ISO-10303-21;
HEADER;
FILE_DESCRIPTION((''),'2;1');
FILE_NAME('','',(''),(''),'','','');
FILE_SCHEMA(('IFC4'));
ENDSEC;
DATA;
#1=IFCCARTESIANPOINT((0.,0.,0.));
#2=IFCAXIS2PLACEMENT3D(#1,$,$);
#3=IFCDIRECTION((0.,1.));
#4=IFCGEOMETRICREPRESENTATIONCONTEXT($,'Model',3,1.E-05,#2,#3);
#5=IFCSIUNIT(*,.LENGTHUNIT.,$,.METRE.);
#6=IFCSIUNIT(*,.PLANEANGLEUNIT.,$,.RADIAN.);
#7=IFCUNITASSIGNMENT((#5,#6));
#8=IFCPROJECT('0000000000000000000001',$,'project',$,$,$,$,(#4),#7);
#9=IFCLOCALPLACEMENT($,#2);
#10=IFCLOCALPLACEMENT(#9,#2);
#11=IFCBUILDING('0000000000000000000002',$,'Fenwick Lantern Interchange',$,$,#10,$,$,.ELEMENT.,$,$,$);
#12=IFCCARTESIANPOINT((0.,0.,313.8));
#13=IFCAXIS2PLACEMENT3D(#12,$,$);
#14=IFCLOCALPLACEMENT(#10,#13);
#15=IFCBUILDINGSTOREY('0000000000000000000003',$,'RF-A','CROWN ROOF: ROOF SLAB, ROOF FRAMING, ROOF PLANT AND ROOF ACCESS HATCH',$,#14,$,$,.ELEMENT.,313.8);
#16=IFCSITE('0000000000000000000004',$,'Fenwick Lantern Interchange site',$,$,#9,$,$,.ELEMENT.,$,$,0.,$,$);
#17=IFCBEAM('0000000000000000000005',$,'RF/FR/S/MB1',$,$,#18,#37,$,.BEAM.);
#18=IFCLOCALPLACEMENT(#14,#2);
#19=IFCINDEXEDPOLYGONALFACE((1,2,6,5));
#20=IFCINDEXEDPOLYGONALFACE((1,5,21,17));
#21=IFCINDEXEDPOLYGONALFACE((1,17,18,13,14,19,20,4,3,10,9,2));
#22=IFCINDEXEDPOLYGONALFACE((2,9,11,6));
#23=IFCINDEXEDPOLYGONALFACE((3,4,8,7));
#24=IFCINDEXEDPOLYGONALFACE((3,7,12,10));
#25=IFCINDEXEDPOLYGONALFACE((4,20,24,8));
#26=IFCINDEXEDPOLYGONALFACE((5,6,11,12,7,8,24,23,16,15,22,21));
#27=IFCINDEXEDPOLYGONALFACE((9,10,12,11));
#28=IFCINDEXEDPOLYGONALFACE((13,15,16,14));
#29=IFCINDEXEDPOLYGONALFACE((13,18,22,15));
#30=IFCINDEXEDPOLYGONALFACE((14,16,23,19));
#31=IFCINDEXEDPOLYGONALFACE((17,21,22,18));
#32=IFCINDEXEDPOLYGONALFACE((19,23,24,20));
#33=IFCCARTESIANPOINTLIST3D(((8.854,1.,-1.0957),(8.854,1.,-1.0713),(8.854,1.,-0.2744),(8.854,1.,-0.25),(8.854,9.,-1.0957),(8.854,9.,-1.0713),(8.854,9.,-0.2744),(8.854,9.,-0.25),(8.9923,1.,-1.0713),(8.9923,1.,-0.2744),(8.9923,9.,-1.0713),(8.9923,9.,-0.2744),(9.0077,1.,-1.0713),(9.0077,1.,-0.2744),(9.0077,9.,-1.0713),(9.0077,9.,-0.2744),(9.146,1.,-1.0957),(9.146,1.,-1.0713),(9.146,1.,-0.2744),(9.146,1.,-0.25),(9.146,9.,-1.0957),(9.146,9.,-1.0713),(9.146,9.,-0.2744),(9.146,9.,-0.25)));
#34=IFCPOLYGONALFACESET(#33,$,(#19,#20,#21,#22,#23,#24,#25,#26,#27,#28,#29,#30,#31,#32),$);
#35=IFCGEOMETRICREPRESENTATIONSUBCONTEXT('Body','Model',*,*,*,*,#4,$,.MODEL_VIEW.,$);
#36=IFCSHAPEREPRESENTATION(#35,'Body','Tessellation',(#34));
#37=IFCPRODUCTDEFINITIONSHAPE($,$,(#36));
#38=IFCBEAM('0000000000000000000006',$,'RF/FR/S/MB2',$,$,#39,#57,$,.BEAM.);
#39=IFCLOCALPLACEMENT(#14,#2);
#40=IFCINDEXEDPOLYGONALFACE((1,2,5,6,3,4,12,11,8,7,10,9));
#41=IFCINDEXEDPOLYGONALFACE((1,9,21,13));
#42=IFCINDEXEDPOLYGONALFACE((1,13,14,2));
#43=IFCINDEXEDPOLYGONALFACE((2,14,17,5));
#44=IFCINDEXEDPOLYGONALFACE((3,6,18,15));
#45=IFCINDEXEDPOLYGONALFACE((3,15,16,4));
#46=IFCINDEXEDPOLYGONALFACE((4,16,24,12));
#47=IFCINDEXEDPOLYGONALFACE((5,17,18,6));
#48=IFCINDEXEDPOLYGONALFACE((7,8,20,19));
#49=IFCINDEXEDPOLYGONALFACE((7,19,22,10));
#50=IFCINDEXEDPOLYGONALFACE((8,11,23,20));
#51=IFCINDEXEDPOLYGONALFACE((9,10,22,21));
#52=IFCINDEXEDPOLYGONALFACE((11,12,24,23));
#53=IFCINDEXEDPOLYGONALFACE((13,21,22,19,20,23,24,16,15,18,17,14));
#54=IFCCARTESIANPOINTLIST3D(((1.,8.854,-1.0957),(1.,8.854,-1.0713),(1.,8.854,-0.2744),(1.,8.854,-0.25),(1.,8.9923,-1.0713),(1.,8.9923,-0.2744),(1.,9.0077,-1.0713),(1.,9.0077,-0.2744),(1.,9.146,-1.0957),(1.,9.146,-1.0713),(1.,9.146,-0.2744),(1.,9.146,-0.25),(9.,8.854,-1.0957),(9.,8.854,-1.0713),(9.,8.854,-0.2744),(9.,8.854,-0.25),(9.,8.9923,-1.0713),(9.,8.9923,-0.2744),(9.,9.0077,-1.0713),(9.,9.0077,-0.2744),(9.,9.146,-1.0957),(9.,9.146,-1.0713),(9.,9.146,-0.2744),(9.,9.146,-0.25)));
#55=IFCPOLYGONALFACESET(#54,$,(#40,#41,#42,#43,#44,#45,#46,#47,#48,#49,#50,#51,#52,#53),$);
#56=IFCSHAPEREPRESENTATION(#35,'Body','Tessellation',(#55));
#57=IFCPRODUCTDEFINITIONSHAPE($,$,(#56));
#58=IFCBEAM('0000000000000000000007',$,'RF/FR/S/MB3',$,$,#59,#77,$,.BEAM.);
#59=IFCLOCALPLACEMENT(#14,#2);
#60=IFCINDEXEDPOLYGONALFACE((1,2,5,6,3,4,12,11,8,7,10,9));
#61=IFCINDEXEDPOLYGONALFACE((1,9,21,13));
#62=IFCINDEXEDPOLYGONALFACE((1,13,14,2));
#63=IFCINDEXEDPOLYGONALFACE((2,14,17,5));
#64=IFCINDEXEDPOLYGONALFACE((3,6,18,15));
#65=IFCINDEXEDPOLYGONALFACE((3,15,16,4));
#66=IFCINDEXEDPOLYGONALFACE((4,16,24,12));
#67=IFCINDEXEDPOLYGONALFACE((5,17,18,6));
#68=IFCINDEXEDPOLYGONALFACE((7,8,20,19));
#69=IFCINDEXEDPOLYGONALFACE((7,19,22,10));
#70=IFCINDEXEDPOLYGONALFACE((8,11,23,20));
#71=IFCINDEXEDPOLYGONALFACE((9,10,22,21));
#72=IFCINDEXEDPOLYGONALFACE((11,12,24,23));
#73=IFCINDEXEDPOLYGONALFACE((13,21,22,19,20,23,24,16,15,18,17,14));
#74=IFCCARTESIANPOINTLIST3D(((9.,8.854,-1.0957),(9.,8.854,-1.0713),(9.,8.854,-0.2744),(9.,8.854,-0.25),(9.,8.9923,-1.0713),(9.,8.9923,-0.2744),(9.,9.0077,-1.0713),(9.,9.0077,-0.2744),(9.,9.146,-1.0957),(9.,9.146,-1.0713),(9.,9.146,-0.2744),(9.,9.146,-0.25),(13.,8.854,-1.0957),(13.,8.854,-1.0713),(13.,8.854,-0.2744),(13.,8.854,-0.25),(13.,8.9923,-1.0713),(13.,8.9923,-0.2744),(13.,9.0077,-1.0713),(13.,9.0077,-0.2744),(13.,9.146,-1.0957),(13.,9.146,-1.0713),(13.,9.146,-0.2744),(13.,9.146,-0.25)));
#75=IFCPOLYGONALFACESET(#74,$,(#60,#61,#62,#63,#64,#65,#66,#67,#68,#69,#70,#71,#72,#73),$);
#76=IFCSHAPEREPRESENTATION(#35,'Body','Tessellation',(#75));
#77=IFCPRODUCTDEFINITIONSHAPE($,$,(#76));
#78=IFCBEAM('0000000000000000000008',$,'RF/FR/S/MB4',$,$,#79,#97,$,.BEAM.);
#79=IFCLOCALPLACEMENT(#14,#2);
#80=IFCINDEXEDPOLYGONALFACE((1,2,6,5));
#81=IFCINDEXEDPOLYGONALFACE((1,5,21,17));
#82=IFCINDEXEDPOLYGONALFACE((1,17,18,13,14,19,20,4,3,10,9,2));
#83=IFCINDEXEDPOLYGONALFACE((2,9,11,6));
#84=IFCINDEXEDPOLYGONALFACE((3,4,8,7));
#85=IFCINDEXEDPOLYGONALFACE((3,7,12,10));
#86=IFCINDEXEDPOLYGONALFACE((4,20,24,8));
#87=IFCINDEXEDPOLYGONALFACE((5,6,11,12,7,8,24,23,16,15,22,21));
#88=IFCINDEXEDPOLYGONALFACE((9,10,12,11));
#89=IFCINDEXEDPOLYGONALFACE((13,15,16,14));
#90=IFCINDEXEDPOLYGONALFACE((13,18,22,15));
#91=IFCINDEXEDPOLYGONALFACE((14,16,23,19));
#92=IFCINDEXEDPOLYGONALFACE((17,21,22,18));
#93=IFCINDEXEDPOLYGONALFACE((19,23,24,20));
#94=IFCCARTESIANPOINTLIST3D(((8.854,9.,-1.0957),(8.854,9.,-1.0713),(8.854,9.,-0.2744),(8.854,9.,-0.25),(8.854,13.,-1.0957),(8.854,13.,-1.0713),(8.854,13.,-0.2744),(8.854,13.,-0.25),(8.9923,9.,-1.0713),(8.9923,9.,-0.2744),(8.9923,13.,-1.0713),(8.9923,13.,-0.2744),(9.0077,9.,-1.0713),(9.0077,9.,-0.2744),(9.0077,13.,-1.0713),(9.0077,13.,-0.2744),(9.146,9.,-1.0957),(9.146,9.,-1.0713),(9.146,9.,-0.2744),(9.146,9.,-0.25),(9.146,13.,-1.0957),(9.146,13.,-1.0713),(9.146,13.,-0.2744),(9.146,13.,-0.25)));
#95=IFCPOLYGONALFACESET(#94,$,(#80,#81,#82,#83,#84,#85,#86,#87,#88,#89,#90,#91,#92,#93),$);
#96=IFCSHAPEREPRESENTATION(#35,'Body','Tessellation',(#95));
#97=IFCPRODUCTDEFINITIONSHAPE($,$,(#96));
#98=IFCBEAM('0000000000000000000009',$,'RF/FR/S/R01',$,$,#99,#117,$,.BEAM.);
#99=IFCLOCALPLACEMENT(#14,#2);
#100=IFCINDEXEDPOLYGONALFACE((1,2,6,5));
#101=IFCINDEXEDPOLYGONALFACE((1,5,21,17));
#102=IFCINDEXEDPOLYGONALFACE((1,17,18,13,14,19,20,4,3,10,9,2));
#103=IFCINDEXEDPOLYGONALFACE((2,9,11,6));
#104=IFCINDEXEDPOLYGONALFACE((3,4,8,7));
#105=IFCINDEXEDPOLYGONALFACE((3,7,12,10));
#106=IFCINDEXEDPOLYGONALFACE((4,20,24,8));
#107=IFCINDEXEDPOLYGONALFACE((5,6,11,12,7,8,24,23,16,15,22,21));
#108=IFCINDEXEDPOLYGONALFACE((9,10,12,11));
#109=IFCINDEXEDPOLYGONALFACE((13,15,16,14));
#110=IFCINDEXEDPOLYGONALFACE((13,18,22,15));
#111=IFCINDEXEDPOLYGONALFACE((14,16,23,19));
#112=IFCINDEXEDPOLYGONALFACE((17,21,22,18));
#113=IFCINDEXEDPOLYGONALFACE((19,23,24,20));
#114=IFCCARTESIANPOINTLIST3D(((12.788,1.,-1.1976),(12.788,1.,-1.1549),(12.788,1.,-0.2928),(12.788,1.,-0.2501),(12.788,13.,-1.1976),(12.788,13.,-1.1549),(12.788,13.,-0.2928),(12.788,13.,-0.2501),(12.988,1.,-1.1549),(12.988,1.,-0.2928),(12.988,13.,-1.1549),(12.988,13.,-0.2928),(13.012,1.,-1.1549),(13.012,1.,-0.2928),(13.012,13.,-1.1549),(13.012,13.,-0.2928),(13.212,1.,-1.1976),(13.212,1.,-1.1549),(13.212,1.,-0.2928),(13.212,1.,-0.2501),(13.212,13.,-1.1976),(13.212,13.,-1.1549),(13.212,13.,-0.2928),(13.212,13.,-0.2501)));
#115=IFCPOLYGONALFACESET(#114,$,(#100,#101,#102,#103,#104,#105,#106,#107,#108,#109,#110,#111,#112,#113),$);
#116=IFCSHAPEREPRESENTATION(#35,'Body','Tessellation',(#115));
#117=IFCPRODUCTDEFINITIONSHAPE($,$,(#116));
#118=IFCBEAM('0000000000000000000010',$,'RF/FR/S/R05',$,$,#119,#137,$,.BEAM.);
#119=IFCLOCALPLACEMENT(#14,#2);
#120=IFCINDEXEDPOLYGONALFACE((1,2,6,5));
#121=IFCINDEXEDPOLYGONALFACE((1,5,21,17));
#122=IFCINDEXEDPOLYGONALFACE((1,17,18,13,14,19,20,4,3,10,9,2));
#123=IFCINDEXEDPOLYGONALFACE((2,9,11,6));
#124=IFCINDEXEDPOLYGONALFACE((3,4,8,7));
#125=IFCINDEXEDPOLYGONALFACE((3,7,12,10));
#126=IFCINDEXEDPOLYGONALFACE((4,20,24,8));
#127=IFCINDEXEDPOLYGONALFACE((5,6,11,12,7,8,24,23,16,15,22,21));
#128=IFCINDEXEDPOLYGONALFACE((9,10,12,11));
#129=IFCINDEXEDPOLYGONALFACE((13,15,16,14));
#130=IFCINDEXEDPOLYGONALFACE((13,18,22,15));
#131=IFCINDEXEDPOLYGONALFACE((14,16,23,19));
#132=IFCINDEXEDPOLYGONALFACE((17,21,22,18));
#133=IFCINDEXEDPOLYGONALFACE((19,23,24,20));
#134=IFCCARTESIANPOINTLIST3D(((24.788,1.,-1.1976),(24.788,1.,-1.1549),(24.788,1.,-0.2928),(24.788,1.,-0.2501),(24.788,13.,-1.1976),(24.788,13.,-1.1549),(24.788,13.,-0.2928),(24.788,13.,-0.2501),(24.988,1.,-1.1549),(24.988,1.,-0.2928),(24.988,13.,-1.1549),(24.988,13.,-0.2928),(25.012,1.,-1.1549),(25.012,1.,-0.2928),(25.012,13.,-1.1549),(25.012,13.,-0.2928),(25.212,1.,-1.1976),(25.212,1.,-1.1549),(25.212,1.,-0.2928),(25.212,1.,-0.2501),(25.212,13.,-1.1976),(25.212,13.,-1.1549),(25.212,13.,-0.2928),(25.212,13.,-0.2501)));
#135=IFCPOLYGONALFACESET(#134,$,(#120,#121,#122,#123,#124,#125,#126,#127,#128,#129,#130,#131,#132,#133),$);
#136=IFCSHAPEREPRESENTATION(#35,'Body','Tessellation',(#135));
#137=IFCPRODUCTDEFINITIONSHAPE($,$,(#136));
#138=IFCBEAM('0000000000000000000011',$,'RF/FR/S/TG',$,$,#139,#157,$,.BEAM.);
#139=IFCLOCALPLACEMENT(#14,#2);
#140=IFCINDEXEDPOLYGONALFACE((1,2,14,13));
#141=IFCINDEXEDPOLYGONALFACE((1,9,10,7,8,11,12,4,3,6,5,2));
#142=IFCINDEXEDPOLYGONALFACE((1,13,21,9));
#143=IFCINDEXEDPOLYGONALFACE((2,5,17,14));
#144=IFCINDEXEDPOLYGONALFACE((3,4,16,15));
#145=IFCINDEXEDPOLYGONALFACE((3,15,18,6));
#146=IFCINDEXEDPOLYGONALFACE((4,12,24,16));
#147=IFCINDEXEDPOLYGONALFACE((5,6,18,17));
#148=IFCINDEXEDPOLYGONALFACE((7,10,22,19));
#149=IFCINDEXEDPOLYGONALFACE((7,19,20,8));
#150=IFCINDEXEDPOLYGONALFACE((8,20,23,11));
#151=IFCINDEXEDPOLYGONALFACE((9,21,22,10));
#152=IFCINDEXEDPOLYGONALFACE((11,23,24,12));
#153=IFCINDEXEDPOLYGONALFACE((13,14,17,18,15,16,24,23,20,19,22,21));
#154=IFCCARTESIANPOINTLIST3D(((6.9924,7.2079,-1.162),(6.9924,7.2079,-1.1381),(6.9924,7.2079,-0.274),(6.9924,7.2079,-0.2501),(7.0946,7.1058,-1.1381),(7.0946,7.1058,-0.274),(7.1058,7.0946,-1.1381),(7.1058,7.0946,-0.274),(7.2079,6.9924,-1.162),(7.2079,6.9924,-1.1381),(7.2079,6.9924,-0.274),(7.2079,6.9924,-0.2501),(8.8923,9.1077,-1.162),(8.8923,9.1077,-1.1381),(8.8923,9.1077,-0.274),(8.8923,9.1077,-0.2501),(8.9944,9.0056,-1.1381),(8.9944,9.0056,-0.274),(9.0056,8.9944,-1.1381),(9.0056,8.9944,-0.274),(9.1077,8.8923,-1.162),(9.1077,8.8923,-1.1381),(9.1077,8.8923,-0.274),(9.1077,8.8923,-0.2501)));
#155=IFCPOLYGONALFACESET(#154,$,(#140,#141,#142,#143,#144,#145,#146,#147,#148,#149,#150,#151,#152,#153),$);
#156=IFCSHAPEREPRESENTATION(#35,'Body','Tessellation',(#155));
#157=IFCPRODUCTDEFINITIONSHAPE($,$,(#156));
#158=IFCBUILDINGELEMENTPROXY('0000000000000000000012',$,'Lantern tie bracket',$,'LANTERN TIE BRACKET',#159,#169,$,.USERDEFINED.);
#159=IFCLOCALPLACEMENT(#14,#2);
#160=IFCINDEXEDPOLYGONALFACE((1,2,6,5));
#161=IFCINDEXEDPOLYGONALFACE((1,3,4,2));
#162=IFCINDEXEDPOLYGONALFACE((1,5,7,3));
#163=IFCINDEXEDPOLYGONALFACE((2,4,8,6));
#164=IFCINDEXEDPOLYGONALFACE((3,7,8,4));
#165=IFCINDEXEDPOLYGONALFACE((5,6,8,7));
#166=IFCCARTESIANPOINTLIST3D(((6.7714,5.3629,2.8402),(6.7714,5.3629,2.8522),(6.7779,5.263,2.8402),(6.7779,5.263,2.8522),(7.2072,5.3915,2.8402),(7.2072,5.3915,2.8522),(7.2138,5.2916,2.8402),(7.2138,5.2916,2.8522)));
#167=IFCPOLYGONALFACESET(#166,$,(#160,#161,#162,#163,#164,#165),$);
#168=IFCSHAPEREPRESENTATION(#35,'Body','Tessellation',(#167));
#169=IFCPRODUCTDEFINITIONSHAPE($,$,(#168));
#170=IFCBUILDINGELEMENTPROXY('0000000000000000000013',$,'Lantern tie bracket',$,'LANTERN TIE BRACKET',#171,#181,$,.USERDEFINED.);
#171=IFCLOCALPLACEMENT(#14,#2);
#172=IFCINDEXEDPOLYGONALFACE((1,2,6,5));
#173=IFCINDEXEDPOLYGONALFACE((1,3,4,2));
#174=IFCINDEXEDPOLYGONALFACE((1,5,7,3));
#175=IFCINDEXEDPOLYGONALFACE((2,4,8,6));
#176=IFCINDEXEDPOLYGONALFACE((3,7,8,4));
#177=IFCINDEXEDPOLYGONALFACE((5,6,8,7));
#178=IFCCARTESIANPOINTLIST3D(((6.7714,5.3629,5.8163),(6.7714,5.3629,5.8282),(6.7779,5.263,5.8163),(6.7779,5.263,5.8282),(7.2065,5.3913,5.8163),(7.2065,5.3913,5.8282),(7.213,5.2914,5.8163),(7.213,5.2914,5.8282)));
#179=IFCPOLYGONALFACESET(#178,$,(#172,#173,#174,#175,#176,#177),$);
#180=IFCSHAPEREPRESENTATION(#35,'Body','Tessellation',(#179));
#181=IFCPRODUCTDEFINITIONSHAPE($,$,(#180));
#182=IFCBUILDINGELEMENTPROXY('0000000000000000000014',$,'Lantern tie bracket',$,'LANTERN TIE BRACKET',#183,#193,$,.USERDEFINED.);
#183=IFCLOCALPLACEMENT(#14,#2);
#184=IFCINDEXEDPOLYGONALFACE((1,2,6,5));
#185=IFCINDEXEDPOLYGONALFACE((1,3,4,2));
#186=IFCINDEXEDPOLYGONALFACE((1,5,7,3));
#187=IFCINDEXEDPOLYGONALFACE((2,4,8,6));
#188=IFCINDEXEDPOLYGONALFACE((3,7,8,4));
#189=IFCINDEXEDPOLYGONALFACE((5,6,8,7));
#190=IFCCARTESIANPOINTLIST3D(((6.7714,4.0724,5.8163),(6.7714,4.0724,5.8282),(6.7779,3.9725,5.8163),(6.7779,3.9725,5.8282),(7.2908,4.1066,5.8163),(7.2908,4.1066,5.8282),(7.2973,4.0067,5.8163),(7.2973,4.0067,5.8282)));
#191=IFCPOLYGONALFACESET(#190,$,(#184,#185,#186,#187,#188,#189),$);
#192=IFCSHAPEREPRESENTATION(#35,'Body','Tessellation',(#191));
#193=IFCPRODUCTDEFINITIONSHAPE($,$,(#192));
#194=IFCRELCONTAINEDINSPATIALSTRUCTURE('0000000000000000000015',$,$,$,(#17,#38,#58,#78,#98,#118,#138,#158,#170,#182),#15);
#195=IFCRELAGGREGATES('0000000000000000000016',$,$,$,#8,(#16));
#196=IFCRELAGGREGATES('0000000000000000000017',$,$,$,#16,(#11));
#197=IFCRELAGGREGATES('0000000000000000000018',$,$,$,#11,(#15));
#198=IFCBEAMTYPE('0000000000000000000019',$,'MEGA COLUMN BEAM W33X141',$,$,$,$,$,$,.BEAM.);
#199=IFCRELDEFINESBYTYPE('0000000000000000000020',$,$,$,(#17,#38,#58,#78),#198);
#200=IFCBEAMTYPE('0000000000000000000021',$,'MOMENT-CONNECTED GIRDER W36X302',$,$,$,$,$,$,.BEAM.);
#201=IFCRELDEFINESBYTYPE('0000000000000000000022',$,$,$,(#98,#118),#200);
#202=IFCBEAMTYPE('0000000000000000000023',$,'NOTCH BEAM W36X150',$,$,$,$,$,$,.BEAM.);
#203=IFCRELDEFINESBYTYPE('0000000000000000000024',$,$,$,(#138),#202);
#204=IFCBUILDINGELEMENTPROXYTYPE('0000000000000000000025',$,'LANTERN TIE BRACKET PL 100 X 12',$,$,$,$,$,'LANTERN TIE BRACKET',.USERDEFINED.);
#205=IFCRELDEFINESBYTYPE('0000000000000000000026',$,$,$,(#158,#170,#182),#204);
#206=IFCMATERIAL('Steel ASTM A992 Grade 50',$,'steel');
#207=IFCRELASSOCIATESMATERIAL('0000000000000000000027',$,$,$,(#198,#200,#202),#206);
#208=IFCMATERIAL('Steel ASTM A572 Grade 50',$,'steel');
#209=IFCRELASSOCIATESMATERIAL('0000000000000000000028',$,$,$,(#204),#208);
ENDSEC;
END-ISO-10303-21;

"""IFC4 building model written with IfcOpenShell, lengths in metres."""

from ifc_helpers import new_model, si_unit, direction, frame, origin, origin_2d, place, context, subcontext, project, spatial, rectangle, i_section, extrude, material, material_profile, profile_set, type_object, element, save


model = new_model("IFC4")

# Units and contexts
model_context = context("Model", 3, precision=1e-05, world=origin(), true_north=direction((0.0, 1.0)))
body_context = subcontext(model_context, "Body", "Model", "MODEL_VIEW")
ifc_project = project(units=[si_unit("LENGTHUNIT", "METRE"), si_unit("PLANEANGLEUNIT", "RADIAN")], contexts=[model_context])

# Site, building, storey
site_placement = place(None, origin())
site = spatial("IfcSite", under=ifc_project, at=site_placement, Name="Fenwick Lantern Interchange site", CompositionType="ELEMENT", RefElevation=0.0)
building_placement = place(site_placement, origin())
building = spatial("IfcBuilding", under=site, at=building_placement, Name="Fenwick Lantern Interchange", CompositionType="ELEMENT")
storey_placement = place(building_placement, frame((0.0, 0.0, 313.8)))
storey = spatial("IfcBuildingStorey", under=building, at=storey_placement, Name="RF-A", Description="CROWN ROOF: ROOF SLAB, ROOF FRAMING, ROOF PLANT AND ROOF ACCESS HATCH", CompositionType="ELEMENT", Elevation=313.8)

# Shared definitions
ifc_material_1 = material(Name="Steel ASTM A992 Grade 50", Category="steel")

# Beams
ifc_material_profile_1 = material_profile(ifc_material_1, i_section(OverallWidth=0.292, OverallDepth=0.8457, WebThickness=0.0154, FlangeThickness=0.0244, at=origin_2d()), Name="W33X141")
ifc_profile_set_1 = profile_set([ifc_material_profile_1], Name="Steel ASTM A992 Grade 50")
beam_type_1 = type_object("IfcBeamType", Name="MEGA COLUMN BEAM W33X141", PredefinedType="BEAM", material=ifc_profile_set_1)
for number, where, z_axis, x_axis, name in (
    (1, (9.0, 9.0, -0.6729), (0.0, -1.0, 0.0), (1.0, 0.0, 0.0), "RF/FR/S/MB1"),
    (2, (9.0, 9.0, -0.6729), (-1.0, 0.0, 0.0), (0.0, -1.0, 0.0), "RF/FR/S/MB2"),
):
    element("IfcBeam", number, at=place(storey_placement, frame(where, z_axis=z_axis, x_axis=x_axis)), inside=storey, type_object=beam_type_1, Name=name, PredefinedType="BEAM", context=body_context, shape_type="SweptSolid", body=[
        extrude(i_section(OverallWidth=0.292, OverallDepth=0.8457, WebThickness=0.0154, FlangeThickness=0.0244, at=origin_2d()), origin(), (0.0, 0.0, 1.0), 8.0),
    ])
for number, where, z_axis, x_axis, name in (
    (3, (9.0, 9.0, -0.6729), (1.0, 0.0, 0.0), (0.0, 1.0, 0.0), "RF/FR/S/MB3"),
    (4, (9.0, 9.0, -0.6729), (0.0, 1.0, 0.0), (-1.0, 0.0, 0.0), "RF/FR/S/MB4"),
):
    element("IfcBeam", number, at=place(storey_placement, frame(where, z_axis=z_axis, x_axis=x_axis)), inside=storey, type_object=beam_type_1, Name=name, PredefinedType="BEAM", context=body_context, shape_type="SweptSolid", body=[
        extrude(i_section(OverallWidth=0.292, OverallDepth=0.8457, WebThickness=0.0154, FlangeThickness=0.0244, at=origin_2d()), origin(), (0.0, 0.0, 1.0), 4.0),
    ])
ifc_material_profile_2 = material_profile(ifc_material_1, i_section(OverallWidth=0.4241, OverallDepth=0.9475, WebThickness=0.0239, FlangeThickness=0.0427, at=origin_2d()), Name="W36X302")
ifc_profile_set_2 = profile_set([ifc_material_profile_2], Name="Steel ASTM A992 Grade 50")
beam_type_2 = type_object("IfcBeamType", Name="MOMENT-CONNECTED GIRDER W36X302", PredefinedType="BEAM", material=ifc_profile_set_2)
for number, where, z_axis, x_axis, name in (
    (5, (13.0, 1.0, -0.7239), (0.0, 1.0, 0.0), (-1.0, 0.0, 0.0), "RF/FR/S/R01"),
    (6, (25.0, 1.0, -0.7239), (0.0, 1.0, 0.0), (-1.0, 0.0, 0.0), "RF/FR/S/R05"),
):
    element("IfcBeam", number, at=place(storey_placement, frame(where, z_axis=z_axis, x_axis=x_axis)), inside=storey, type_object=beam_type_2, Name=name, PredefinedType="BEAM", context=body_context, shape_type="SweptSolid", body=[
        extrude(i_section(OverallWidth=0.4241, OverallDepth=0.9475, WebThickness=0.0239, FlangeThickness=0.0427, at=origin_2d()), origin(), (0.0, 0.0, 1.0), 12.0),
    ])
ifc_material_profile_3 = material_profile(ifc_material_1, i_section(OverallWidth=0.3047, OverallDepth=0.9119, WebThickness=0.0159, FlangeThickness=0.0239, at=origin_2d()), Name="W36X150")
ifc_profile_set_3 = profile_set([ifc_material_profile_3], Name="Steel ASTM A992 Grade 50")
beam_type_3 = type_object("IfcBeamType", Name="NOTCH BEAM W36X150", PredefinedType="BEAM", material=ifc_profile_set_3)
beam_1_placement = place(storey_placement, frame((9.0, 9.0, -0.7061), z_axis=(-0.707107, -0.707107, 0.0), x_axis=(0.707107, -0.707107, 0.0)))
element("IfcBeam", 7, at=beam_1_placement, inside=storey, type_object=beam_type_3, Name="RF/FR/S/TG", PredefinedType="BEAM", context=body_context, shape_type="SweptSolid", body=[
    extrude(i_section(OverallWidth=0.3047, OverallDepth=0.9119, WebThickness=0.0159, FlangeThickness=0.0239, at=origin_2d()), origin(), (0.0, 0.0, 1.0), 2.6868),
])

# Building element proxies
ifc_material_2 = material(Name="Steel ASTM A572 Grade 50", Category="steel")
ifc_material_profile_4 = material_profile(ifc_material_2, rectangle(XDim=0.1001, YDim=0.012, at=origin_2d()), Name="PL100X12")
ifc_profile_set_4 = profile_set([ifc_material_profile_4], Name="Steel ASTM A572 Grade 50")
building_element_proxy_type_1 = type_object("IfcBuildingElementProxyType", Name="LANTERN TIE BRACKET PL 100 X 12", ElementType="LANTERN TIE BRACKET", PredefinedType="USERDEFINED", material=ifc_profile_set_4)
proxy_1_placement = place(storey_placement, frame((6.7747, 5.313, 2.8462), z_axis=(0.997859, 0.065406, 0.0), x_axis=(-0.065406, 0.997859, 0.0)))
element("IfcBuildingElementProxy", 8, at=proxy_1_placement, inside=storey, type_object=building_element_proxy_type_1, Name="Lantern tie bracket", ObjectType="LANTERN TIE BRACKET", PredefinedType="USERDEFINED", context=body_context, shape_type="SweptSolid", body=[
    extrude(rectangle(XDim=0.1001, YDim=0.012, at=origin_2d()), origin(), (0.0, 0.0, 1.0), 0.4368),
])
proxy_2_placement = place(storey_placement, frame((6.7747, 5.313, 5.8223), z_axis=(0.997888, 0.064958, 0.0), x_axis=(-0.064958, 0.997888, 0.0)))
element("IfcBuildingElementProxy", 9, at=proxy_2_placement, inside=storey, type_object=building_element_proxy_type_1, Name="Lantern tie bracket", ObjectType="LANTERN TIE BRACKET", PredefinedType="USERDEFINED", context=body_context, shape_type="SweptSolid", body=[
    extrude(rectangle(XDim=0.1001, YDim=0.012, at=origin_2d()), origin(), (0.0, 0.0, 1.0), 0.436),
])
proxy_3_placement = place(storey_placement, frame((6.7747, 4.0225, 5.8223), z_axis=(0.997841, 0.065678, 0.0), x_axis=(-0.065678, 0.997841, 0.0)))
element("IfcBuildingElementProxy", 10, at=proxy_3_placement, inside=storey, type_object=building_element_proxy_type_1, Name="Lantern tie bracket", ObjectType="LANTERN TIE BRACKET", PredefinedType="USERDEFINED", context=body_context, shape_type="SweptSolid", body=[
    extrude(rectangle(XDim=0.1001, YDim=0.012, at=origin_2d()), origin(), (0.0, 0.0, 1.0), 0.5205),
])

save(model, "model.ifc")
